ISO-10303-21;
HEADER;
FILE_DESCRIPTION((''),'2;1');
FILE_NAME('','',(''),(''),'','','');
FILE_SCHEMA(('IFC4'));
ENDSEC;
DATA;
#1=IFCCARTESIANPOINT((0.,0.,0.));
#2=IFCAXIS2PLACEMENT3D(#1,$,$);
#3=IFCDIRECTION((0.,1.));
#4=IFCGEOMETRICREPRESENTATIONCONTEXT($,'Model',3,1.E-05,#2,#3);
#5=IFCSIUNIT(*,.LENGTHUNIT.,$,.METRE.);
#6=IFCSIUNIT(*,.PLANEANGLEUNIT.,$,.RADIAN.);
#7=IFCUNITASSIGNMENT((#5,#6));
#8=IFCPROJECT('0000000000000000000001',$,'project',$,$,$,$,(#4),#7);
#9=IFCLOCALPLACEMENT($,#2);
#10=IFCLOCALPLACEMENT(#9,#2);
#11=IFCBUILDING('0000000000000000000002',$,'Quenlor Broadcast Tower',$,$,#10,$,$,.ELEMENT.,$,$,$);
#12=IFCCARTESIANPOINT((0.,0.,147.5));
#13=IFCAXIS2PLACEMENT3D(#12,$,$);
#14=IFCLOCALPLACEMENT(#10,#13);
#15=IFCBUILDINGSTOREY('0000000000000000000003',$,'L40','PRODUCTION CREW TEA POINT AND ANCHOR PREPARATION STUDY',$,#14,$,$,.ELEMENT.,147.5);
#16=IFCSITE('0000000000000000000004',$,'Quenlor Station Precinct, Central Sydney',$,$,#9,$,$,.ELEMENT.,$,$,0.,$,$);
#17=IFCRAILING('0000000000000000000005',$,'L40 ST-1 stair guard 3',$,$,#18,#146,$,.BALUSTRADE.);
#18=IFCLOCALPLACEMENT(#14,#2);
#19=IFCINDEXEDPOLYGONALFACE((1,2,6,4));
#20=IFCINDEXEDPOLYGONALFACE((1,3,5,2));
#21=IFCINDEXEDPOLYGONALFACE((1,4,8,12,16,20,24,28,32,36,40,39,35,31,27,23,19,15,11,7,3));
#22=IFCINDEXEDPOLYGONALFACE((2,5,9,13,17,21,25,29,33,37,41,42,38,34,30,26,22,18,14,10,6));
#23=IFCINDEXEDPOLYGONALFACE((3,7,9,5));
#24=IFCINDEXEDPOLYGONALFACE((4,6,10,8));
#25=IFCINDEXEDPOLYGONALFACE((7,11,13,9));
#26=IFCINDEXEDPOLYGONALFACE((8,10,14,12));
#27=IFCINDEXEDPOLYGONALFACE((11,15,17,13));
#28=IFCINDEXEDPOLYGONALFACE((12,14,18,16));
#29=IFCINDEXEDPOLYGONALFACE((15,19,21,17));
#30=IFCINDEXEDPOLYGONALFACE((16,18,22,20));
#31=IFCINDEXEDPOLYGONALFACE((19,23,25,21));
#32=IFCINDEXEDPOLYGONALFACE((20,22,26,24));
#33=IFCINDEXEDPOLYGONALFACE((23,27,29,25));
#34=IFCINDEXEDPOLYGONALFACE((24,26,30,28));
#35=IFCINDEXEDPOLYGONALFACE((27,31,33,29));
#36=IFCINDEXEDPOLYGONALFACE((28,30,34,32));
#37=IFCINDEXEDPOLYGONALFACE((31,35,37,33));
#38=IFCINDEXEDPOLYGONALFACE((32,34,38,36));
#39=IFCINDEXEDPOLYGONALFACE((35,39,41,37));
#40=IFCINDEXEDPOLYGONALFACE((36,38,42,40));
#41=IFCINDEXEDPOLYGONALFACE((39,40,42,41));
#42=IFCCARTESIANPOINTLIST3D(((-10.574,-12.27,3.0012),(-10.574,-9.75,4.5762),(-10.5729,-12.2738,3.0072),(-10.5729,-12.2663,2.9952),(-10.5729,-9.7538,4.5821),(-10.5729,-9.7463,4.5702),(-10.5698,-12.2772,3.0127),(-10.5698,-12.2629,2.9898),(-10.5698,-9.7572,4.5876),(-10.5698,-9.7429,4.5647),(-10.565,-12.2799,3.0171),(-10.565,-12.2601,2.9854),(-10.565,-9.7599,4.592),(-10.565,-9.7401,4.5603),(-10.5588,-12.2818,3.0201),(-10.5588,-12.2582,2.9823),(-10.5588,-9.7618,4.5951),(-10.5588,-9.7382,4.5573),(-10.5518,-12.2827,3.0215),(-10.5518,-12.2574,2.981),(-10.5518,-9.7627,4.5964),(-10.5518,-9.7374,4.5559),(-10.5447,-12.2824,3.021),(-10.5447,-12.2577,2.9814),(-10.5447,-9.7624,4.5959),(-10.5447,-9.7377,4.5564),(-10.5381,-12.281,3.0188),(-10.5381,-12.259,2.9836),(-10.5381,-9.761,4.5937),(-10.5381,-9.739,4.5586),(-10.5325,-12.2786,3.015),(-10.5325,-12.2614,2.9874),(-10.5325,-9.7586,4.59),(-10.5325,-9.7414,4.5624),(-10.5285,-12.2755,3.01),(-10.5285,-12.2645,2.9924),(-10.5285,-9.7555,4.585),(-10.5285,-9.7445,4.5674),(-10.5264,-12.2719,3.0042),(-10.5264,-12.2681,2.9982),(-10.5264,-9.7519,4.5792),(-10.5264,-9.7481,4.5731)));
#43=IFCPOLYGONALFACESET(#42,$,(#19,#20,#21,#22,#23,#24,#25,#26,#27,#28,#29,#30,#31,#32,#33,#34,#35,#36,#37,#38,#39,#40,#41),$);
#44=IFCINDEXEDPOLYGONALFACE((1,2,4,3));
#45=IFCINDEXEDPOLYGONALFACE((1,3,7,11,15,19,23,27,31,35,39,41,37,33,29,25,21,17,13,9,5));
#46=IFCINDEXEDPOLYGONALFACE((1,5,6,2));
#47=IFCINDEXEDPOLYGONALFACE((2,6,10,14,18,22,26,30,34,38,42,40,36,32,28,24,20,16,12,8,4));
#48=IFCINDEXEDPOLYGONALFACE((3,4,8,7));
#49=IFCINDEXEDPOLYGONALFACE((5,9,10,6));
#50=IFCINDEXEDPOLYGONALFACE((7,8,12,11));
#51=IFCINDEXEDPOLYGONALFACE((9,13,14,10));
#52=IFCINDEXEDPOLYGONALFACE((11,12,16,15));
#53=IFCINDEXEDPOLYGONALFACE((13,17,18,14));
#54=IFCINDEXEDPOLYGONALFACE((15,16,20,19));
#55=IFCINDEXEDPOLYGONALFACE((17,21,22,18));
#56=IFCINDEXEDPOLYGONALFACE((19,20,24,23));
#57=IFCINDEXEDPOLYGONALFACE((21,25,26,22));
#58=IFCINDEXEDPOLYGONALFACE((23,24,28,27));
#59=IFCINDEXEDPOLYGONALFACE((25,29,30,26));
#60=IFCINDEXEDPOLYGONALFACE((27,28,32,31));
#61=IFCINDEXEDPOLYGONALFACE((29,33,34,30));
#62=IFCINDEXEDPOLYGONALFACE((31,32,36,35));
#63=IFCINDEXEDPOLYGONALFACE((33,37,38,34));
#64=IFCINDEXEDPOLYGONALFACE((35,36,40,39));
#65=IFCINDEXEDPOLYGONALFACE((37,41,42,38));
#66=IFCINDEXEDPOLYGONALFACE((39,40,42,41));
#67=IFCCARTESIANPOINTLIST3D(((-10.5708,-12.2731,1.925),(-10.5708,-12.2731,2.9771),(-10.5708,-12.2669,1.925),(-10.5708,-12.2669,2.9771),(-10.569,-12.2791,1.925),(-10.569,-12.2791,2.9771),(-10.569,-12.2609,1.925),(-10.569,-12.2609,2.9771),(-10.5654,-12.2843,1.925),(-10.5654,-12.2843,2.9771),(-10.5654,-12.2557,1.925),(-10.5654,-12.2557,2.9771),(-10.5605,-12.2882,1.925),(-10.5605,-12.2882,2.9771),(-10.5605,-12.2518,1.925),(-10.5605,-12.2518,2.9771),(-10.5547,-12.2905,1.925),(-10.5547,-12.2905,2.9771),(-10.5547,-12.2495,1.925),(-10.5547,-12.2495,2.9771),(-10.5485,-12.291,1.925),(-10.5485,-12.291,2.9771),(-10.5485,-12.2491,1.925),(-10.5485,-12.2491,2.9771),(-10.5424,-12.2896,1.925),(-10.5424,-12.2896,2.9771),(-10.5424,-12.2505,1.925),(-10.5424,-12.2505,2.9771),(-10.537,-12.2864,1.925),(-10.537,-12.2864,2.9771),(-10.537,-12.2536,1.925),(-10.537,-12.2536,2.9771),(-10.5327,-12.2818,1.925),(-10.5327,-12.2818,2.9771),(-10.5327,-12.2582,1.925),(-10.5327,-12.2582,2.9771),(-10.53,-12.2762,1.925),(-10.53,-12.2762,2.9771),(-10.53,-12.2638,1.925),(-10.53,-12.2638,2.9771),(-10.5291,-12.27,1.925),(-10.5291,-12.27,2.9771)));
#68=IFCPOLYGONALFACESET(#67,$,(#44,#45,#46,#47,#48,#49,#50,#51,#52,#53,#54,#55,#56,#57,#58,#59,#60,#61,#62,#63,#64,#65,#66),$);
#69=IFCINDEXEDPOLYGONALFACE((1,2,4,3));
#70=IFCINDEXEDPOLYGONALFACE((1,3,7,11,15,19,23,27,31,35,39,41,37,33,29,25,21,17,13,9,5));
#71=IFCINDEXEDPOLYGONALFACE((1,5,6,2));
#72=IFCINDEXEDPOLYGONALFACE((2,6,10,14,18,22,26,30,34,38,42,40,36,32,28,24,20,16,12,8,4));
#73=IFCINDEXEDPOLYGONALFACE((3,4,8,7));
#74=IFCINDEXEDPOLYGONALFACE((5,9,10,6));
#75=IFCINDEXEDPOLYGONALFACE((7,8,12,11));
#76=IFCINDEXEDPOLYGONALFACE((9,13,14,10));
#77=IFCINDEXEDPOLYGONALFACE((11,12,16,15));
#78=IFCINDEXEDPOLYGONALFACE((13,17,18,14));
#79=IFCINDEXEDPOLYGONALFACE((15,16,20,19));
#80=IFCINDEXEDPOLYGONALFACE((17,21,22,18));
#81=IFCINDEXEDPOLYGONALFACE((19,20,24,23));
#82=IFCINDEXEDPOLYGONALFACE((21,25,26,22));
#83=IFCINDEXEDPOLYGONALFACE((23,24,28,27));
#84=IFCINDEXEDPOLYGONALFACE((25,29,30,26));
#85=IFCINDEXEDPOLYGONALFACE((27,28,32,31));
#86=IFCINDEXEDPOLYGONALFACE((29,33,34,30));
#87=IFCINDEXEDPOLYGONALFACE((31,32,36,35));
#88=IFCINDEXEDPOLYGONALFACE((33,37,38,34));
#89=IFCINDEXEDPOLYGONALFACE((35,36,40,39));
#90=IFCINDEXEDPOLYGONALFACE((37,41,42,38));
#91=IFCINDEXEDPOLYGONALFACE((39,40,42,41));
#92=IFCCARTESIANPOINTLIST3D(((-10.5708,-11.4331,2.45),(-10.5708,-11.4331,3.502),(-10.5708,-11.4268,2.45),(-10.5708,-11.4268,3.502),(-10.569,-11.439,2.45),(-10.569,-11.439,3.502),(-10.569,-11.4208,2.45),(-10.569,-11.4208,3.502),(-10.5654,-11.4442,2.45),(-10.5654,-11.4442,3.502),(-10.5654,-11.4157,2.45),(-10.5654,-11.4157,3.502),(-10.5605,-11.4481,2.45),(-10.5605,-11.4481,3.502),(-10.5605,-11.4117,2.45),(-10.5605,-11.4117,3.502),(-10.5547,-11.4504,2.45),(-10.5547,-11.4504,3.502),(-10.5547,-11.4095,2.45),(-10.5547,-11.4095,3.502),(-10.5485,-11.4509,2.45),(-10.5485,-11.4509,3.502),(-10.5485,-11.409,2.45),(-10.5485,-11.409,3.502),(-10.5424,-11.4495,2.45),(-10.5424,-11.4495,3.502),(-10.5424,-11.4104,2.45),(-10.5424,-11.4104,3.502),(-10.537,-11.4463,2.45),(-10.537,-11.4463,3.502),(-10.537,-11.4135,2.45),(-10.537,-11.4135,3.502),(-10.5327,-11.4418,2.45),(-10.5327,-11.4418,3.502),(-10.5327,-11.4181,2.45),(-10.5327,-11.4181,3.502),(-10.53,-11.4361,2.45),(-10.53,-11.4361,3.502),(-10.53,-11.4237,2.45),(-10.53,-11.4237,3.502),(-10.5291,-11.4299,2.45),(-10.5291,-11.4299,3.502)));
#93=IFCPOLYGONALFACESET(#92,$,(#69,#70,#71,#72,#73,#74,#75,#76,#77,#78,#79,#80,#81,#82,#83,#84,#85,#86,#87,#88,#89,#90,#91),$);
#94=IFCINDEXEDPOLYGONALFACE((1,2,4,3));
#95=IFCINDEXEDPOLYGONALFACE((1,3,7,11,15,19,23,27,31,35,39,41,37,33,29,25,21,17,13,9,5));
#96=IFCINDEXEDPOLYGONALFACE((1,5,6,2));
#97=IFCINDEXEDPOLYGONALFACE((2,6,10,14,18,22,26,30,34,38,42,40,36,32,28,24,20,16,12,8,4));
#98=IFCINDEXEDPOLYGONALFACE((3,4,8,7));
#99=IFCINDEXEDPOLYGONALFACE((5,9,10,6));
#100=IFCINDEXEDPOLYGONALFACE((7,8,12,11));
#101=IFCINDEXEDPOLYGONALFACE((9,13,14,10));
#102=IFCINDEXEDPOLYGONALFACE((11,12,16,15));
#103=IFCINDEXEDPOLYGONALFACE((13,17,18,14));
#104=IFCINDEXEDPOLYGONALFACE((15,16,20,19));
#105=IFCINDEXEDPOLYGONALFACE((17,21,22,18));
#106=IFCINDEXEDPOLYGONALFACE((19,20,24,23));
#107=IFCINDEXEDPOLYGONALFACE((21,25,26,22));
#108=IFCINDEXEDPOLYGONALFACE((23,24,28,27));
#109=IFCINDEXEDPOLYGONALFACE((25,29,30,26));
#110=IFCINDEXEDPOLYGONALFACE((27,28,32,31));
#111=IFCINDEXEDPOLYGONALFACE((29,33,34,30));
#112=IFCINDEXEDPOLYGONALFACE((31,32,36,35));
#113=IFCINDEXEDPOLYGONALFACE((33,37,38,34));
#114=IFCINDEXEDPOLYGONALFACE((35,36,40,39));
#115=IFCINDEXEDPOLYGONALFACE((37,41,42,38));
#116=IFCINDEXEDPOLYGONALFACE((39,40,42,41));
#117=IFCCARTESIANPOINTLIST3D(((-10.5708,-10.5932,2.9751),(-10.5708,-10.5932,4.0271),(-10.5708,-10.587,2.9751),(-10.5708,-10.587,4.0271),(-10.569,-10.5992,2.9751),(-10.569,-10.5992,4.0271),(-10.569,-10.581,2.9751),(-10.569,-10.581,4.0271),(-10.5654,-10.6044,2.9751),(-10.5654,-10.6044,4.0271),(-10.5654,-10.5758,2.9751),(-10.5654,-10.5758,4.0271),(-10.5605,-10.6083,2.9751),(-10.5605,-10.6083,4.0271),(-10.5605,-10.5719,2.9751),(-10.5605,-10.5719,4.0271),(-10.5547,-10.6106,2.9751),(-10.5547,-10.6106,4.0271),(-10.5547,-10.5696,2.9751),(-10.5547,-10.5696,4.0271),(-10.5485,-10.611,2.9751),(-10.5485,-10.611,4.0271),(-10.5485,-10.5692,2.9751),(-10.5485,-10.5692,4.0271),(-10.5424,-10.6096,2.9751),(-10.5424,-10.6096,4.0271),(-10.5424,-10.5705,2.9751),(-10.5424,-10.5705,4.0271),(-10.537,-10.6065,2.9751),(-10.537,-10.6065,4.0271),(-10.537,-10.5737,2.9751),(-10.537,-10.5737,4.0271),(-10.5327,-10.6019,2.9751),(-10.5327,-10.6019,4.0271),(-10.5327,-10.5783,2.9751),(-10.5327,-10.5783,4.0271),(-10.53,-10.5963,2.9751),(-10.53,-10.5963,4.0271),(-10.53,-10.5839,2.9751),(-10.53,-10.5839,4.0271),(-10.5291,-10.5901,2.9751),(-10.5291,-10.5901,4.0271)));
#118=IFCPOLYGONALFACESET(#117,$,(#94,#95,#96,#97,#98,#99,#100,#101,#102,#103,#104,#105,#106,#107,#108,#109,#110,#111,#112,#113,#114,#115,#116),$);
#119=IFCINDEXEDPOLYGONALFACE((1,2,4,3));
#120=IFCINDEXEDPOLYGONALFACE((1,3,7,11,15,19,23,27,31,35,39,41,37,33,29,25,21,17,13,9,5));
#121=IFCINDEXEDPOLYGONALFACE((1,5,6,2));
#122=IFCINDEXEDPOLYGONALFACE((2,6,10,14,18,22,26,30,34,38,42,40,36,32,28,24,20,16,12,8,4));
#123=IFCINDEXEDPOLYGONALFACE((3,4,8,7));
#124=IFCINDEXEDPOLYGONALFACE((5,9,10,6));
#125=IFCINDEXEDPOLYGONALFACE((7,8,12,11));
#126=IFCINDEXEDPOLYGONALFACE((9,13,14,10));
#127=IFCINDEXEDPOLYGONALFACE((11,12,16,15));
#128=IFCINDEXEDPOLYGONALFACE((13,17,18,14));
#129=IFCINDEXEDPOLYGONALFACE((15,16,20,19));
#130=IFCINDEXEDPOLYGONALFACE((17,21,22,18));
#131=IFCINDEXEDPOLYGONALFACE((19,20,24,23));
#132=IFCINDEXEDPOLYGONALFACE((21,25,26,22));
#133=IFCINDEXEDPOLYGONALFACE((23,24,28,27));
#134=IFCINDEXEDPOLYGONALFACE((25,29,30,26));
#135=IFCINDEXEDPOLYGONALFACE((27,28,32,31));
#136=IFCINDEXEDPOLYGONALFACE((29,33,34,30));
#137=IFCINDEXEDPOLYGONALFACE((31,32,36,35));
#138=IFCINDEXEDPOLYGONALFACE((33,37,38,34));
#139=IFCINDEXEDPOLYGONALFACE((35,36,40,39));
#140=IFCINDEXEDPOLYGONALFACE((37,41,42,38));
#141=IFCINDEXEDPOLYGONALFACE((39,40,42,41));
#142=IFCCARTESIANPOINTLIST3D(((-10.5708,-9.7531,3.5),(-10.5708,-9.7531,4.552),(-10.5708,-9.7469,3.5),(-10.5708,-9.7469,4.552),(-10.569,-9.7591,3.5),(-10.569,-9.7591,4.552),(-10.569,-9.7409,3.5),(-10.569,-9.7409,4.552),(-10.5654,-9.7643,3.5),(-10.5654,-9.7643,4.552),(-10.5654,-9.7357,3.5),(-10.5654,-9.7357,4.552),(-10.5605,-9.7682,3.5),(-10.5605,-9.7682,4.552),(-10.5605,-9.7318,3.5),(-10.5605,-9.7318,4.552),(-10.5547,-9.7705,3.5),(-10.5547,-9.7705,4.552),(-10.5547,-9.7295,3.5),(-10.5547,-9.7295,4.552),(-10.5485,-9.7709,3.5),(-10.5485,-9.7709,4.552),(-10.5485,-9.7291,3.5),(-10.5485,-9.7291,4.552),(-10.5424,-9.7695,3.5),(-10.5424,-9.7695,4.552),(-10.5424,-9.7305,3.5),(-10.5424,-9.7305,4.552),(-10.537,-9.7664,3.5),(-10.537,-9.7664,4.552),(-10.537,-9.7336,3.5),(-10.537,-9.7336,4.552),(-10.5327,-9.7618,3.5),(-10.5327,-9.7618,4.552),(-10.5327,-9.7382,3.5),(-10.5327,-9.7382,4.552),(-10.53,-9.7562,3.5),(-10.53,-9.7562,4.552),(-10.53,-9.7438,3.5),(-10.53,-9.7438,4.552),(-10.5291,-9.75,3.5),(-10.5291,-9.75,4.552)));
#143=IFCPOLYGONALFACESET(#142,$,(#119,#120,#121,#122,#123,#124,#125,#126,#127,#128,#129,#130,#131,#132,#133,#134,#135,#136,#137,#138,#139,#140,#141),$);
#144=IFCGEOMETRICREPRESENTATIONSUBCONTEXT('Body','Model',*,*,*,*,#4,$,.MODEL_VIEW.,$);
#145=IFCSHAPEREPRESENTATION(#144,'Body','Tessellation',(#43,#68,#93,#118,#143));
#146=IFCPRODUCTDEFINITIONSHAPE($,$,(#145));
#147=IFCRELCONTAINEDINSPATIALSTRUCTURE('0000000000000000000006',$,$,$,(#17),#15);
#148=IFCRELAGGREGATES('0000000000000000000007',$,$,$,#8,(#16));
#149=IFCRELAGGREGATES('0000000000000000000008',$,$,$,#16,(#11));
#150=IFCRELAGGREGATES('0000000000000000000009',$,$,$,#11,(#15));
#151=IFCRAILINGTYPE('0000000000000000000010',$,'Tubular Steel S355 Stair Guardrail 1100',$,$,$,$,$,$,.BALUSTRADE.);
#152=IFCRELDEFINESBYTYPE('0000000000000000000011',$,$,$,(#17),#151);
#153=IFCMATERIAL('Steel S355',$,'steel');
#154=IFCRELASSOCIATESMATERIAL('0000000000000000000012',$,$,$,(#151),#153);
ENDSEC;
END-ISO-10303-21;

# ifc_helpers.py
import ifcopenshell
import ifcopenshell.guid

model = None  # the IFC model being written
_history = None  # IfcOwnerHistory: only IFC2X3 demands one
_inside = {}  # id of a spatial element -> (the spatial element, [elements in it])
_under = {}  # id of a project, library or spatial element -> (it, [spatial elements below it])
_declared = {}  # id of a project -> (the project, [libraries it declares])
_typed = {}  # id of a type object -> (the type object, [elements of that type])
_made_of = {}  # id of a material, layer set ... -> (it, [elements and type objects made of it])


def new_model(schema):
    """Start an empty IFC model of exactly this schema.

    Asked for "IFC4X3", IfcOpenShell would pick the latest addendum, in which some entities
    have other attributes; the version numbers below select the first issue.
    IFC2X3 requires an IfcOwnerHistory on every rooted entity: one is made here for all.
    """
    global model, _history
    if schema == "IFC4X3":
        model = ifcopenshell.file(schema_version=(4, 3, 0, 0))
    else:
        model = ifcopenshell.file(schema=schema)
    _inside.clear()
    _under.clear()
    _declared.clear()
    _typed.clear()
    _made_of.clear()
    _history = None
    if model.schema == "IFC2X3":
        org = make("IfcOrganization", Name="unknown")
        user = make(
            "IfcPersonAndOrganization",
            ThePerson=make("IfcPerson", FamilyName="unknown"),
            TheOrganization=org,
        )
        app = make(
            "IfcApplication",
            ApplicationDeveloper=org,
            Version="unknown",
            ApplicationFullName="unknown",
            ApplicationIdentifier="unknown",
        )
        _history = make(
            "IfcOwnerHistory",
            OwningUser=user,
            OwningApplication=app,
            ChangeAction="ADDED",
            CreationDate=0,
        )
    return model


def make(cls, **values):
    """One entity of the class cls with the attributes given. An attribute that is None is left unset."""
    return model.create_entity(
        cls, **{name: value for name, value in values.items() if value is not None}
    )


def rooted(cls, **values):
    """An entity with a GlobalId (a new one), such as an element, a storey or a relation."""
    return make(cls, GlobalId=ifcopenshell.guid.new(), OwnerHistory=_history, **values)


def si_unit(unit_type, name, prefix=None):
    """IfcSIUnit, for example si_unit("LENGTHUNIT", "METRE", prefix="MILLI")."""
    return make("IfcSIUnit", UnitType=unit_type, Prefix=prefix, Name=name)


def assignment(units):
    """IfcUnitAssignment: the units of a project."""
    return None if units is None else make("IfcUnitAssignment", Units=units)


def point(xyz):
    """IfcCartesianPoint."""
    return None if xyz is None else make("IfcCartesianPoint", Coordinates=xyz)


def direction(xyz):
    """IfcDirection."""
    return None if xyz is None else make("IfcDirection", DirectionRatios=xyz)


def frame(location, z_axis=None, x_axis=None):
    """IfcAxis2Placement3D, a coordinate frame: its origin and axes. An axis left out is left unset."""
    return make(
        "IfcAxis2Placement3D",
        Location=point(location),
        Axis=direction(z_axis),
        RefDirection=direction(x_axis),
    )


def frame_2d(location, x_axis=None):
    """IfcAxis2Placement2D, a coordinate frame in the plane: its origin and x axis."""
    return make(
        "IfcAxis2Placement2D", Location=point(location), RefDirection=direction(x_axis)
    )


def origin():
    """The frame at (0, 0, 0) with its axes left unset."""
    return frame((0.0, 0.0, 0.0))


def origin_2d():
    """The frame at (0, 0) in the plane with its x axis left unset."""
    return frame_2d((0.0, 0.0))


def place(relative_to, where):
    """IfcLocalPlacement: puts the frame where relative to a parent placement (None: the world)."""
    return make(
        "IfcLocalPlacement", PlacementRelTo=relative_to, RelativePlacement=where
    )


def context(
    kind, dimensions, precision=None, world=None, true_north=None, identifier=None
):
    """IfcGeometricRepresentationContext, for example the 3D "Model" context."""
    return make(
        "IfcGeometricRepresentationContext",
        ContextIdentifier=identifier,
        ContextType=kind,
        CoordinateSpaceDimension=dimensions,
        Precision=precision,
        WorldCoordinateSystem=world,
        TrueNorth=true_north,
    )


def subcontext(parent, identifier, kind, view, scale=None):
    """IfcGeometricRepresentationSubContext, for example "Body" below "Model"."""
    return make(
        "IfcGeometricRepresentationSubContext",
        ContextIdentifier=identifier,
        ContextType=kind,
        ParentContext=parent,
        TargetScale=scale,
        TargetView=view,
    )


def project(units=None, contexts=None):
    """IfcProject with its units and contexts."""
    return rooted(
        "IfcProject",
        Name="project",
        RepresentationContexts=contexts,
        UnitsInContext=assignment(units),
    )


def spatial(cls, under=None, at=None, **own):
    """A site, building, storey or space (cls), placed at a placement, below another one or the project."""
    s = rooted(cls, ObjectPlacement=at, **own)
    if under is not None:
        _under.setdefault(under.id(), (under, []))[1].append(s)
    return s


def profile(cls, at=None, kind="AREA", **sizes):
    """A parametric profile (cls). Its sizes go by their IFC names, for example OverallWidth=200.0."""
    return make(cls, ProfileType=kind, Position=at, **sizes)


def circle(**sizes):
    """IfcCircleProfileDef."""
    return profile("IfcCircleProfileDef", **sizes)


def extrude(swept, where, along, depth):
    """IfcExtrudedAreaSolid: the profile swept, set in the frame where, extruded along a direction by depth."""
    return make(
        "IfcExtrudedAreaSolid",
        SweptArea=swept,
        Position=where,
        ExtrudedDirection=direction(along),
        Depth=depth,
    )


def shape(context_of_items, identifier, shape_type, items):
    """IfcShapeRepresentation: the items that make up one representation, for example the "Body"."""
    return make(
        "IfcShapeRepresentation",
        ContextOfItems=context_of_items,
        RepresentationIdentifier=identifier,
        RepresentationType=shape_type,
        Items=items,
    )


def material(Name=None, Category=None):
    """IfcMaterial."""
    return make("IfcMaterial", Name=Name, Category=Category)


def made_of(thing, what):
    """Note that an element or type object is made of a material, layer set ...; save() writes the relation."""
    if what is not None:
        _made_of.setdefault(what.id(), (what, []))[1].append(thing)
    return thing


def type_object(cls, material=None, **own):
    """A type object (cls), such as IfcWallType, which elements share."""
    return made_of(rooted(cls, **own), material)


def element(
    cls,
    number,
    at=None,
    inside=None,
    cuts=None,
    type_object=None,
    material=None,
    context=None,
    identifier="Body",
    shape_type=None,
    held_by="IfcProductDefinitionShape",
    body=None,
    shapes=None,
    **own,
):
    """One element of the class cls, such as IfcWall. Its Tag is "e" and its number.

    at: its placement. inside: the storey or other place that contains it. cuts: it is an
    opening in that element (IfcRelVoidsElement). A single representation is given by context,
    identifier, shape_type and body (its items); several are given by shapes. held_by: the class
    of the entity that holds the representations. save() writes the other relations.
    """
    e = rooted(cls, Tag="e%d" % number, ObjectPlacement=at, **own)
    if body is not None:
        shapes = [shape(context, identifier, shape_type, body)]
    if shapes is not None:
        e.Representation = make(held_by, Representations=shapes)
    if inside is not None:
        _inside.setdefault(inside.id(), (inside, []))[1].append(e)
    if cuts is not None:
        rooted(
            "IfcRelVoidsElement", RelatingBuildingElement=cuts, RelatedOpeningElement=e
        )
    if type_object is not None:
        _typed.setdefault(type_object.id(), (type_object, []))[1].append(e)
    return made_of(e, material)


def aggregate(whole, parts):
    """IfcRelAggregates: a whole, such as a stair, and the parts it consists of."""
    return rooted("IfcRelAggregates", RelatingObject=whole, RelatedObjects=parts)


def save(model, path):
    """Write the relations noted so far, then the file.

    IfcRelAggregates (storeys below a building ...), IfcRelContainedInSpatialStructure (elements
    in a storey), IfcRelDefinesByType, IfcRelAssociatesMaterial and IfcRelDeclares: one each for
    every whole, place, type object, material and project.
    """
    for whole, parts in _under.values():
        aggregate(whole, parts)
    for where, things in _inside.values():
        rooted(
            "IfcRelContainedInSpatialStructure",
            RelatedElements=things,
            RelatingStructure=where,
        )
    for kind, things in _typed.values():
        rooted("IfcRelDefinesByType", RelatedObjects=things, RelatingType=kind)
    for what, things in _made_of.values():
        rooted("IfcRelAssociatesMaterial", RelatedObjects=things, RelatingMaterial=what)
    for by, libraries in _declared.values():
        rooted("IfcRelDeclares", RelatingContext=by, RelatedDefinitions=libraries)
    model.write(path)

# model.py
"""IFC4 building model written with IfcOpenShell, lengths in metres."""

from ifc_helpers import new_model, si_unit, direction, frame, origin, origin_2d, place, context, subcontext, project, spatial, circle, extrude, material, type_object, element, save


model = new_model("IFC4")

# Units and contexts
model_context = context("Model", 3, precision=1e-05, world=origin(), true_north=direction((0.0, 1.0)))
body_context = subcontext(model_context, "Body", "Model", "MODEL_VIEW")
ifc_project = project(units=[si_unit("LENGTHUNIT", "METRE"), si_unit("PLANEANGLEUNIT", "RADIAN")], contexts=[model_context])

# Site, building, storey
site_placement = place(None, origin())
site = spatial("IfcSite", under=ifc_project, at=site_placement, Name="Quenlor Station Precinct, Central Sydney", CompositionType="ELEMENT", RefElevation=0.0)
building_placement = place(site_placement, origin())
building = spatial("IfcBuilding", under=site, at=building_placement, Name="Quenlor Broadcast Tower", CompositionType="ELEMENT")
storey_placement = place(building_placement, frame((0.0, 0.0, 147.5)))
storey = spatial("IfcBuildingStorey", under=building, at=storey_placement, Name="L40", Description="PRODUCTION CREW TEA POINT AND ANCHOR PREPARATION STUDY", CompositionType="ELEMENT", Elevation=147.5)

# Railing
ifc_material_1 = material(Name="Steel S355", Category="steel")
railing_type_1 = type_object("IfcRailingType", Name="Tubular Steel S355 Stair Guardrail 1100", PredefinedType="BALUSTRADE", material=ifc_material_1)
railing_1_placement = place(storey_placement, frame((-10.55, -12.27, 1.925)))
element("IfcRailing", 1, at=railing_1_placement, inside=storey, type_object=railing_type_1, Name="L40 ST-1 stair guard 3", PredefinedType="BALUSTRADE", context=body_context, shape_type="SweptSolid", body=[
    extrude(circle(Radius=0.0239, at=origin_2d()), frame((0.0, 0.0, 1.0762), z_axis=(0.0, 0.848008, 0.529984), x_axis=(-1.0, 0.0, 0.0)), (0.0, 0.0, 1.0), 2.9717),
    extrude(circle(Radius=0.021, at=origin_2d()), origin(), (0.0, 0.0, 1.0), 1.052),
    extrude(circle(Radius=0.021, at=origin_2d()), frame((0.0, 0.8401, 0.5249)), (0.0, 0.0, 1.0), 1.052),
    extrude(circle(Radius=0.021, at=origin_2d()), frame((0.0, 1.6799, 1.05)), (0.0, 0.0, 1.0), 1.052),
    extrude(circle(Radius=0.021, at=origin_2d()), frame((0.0, 2.52, 1.575)), (0.0, 0.0, 1.0), 1.052),
])

save(model, "model.ifc")
